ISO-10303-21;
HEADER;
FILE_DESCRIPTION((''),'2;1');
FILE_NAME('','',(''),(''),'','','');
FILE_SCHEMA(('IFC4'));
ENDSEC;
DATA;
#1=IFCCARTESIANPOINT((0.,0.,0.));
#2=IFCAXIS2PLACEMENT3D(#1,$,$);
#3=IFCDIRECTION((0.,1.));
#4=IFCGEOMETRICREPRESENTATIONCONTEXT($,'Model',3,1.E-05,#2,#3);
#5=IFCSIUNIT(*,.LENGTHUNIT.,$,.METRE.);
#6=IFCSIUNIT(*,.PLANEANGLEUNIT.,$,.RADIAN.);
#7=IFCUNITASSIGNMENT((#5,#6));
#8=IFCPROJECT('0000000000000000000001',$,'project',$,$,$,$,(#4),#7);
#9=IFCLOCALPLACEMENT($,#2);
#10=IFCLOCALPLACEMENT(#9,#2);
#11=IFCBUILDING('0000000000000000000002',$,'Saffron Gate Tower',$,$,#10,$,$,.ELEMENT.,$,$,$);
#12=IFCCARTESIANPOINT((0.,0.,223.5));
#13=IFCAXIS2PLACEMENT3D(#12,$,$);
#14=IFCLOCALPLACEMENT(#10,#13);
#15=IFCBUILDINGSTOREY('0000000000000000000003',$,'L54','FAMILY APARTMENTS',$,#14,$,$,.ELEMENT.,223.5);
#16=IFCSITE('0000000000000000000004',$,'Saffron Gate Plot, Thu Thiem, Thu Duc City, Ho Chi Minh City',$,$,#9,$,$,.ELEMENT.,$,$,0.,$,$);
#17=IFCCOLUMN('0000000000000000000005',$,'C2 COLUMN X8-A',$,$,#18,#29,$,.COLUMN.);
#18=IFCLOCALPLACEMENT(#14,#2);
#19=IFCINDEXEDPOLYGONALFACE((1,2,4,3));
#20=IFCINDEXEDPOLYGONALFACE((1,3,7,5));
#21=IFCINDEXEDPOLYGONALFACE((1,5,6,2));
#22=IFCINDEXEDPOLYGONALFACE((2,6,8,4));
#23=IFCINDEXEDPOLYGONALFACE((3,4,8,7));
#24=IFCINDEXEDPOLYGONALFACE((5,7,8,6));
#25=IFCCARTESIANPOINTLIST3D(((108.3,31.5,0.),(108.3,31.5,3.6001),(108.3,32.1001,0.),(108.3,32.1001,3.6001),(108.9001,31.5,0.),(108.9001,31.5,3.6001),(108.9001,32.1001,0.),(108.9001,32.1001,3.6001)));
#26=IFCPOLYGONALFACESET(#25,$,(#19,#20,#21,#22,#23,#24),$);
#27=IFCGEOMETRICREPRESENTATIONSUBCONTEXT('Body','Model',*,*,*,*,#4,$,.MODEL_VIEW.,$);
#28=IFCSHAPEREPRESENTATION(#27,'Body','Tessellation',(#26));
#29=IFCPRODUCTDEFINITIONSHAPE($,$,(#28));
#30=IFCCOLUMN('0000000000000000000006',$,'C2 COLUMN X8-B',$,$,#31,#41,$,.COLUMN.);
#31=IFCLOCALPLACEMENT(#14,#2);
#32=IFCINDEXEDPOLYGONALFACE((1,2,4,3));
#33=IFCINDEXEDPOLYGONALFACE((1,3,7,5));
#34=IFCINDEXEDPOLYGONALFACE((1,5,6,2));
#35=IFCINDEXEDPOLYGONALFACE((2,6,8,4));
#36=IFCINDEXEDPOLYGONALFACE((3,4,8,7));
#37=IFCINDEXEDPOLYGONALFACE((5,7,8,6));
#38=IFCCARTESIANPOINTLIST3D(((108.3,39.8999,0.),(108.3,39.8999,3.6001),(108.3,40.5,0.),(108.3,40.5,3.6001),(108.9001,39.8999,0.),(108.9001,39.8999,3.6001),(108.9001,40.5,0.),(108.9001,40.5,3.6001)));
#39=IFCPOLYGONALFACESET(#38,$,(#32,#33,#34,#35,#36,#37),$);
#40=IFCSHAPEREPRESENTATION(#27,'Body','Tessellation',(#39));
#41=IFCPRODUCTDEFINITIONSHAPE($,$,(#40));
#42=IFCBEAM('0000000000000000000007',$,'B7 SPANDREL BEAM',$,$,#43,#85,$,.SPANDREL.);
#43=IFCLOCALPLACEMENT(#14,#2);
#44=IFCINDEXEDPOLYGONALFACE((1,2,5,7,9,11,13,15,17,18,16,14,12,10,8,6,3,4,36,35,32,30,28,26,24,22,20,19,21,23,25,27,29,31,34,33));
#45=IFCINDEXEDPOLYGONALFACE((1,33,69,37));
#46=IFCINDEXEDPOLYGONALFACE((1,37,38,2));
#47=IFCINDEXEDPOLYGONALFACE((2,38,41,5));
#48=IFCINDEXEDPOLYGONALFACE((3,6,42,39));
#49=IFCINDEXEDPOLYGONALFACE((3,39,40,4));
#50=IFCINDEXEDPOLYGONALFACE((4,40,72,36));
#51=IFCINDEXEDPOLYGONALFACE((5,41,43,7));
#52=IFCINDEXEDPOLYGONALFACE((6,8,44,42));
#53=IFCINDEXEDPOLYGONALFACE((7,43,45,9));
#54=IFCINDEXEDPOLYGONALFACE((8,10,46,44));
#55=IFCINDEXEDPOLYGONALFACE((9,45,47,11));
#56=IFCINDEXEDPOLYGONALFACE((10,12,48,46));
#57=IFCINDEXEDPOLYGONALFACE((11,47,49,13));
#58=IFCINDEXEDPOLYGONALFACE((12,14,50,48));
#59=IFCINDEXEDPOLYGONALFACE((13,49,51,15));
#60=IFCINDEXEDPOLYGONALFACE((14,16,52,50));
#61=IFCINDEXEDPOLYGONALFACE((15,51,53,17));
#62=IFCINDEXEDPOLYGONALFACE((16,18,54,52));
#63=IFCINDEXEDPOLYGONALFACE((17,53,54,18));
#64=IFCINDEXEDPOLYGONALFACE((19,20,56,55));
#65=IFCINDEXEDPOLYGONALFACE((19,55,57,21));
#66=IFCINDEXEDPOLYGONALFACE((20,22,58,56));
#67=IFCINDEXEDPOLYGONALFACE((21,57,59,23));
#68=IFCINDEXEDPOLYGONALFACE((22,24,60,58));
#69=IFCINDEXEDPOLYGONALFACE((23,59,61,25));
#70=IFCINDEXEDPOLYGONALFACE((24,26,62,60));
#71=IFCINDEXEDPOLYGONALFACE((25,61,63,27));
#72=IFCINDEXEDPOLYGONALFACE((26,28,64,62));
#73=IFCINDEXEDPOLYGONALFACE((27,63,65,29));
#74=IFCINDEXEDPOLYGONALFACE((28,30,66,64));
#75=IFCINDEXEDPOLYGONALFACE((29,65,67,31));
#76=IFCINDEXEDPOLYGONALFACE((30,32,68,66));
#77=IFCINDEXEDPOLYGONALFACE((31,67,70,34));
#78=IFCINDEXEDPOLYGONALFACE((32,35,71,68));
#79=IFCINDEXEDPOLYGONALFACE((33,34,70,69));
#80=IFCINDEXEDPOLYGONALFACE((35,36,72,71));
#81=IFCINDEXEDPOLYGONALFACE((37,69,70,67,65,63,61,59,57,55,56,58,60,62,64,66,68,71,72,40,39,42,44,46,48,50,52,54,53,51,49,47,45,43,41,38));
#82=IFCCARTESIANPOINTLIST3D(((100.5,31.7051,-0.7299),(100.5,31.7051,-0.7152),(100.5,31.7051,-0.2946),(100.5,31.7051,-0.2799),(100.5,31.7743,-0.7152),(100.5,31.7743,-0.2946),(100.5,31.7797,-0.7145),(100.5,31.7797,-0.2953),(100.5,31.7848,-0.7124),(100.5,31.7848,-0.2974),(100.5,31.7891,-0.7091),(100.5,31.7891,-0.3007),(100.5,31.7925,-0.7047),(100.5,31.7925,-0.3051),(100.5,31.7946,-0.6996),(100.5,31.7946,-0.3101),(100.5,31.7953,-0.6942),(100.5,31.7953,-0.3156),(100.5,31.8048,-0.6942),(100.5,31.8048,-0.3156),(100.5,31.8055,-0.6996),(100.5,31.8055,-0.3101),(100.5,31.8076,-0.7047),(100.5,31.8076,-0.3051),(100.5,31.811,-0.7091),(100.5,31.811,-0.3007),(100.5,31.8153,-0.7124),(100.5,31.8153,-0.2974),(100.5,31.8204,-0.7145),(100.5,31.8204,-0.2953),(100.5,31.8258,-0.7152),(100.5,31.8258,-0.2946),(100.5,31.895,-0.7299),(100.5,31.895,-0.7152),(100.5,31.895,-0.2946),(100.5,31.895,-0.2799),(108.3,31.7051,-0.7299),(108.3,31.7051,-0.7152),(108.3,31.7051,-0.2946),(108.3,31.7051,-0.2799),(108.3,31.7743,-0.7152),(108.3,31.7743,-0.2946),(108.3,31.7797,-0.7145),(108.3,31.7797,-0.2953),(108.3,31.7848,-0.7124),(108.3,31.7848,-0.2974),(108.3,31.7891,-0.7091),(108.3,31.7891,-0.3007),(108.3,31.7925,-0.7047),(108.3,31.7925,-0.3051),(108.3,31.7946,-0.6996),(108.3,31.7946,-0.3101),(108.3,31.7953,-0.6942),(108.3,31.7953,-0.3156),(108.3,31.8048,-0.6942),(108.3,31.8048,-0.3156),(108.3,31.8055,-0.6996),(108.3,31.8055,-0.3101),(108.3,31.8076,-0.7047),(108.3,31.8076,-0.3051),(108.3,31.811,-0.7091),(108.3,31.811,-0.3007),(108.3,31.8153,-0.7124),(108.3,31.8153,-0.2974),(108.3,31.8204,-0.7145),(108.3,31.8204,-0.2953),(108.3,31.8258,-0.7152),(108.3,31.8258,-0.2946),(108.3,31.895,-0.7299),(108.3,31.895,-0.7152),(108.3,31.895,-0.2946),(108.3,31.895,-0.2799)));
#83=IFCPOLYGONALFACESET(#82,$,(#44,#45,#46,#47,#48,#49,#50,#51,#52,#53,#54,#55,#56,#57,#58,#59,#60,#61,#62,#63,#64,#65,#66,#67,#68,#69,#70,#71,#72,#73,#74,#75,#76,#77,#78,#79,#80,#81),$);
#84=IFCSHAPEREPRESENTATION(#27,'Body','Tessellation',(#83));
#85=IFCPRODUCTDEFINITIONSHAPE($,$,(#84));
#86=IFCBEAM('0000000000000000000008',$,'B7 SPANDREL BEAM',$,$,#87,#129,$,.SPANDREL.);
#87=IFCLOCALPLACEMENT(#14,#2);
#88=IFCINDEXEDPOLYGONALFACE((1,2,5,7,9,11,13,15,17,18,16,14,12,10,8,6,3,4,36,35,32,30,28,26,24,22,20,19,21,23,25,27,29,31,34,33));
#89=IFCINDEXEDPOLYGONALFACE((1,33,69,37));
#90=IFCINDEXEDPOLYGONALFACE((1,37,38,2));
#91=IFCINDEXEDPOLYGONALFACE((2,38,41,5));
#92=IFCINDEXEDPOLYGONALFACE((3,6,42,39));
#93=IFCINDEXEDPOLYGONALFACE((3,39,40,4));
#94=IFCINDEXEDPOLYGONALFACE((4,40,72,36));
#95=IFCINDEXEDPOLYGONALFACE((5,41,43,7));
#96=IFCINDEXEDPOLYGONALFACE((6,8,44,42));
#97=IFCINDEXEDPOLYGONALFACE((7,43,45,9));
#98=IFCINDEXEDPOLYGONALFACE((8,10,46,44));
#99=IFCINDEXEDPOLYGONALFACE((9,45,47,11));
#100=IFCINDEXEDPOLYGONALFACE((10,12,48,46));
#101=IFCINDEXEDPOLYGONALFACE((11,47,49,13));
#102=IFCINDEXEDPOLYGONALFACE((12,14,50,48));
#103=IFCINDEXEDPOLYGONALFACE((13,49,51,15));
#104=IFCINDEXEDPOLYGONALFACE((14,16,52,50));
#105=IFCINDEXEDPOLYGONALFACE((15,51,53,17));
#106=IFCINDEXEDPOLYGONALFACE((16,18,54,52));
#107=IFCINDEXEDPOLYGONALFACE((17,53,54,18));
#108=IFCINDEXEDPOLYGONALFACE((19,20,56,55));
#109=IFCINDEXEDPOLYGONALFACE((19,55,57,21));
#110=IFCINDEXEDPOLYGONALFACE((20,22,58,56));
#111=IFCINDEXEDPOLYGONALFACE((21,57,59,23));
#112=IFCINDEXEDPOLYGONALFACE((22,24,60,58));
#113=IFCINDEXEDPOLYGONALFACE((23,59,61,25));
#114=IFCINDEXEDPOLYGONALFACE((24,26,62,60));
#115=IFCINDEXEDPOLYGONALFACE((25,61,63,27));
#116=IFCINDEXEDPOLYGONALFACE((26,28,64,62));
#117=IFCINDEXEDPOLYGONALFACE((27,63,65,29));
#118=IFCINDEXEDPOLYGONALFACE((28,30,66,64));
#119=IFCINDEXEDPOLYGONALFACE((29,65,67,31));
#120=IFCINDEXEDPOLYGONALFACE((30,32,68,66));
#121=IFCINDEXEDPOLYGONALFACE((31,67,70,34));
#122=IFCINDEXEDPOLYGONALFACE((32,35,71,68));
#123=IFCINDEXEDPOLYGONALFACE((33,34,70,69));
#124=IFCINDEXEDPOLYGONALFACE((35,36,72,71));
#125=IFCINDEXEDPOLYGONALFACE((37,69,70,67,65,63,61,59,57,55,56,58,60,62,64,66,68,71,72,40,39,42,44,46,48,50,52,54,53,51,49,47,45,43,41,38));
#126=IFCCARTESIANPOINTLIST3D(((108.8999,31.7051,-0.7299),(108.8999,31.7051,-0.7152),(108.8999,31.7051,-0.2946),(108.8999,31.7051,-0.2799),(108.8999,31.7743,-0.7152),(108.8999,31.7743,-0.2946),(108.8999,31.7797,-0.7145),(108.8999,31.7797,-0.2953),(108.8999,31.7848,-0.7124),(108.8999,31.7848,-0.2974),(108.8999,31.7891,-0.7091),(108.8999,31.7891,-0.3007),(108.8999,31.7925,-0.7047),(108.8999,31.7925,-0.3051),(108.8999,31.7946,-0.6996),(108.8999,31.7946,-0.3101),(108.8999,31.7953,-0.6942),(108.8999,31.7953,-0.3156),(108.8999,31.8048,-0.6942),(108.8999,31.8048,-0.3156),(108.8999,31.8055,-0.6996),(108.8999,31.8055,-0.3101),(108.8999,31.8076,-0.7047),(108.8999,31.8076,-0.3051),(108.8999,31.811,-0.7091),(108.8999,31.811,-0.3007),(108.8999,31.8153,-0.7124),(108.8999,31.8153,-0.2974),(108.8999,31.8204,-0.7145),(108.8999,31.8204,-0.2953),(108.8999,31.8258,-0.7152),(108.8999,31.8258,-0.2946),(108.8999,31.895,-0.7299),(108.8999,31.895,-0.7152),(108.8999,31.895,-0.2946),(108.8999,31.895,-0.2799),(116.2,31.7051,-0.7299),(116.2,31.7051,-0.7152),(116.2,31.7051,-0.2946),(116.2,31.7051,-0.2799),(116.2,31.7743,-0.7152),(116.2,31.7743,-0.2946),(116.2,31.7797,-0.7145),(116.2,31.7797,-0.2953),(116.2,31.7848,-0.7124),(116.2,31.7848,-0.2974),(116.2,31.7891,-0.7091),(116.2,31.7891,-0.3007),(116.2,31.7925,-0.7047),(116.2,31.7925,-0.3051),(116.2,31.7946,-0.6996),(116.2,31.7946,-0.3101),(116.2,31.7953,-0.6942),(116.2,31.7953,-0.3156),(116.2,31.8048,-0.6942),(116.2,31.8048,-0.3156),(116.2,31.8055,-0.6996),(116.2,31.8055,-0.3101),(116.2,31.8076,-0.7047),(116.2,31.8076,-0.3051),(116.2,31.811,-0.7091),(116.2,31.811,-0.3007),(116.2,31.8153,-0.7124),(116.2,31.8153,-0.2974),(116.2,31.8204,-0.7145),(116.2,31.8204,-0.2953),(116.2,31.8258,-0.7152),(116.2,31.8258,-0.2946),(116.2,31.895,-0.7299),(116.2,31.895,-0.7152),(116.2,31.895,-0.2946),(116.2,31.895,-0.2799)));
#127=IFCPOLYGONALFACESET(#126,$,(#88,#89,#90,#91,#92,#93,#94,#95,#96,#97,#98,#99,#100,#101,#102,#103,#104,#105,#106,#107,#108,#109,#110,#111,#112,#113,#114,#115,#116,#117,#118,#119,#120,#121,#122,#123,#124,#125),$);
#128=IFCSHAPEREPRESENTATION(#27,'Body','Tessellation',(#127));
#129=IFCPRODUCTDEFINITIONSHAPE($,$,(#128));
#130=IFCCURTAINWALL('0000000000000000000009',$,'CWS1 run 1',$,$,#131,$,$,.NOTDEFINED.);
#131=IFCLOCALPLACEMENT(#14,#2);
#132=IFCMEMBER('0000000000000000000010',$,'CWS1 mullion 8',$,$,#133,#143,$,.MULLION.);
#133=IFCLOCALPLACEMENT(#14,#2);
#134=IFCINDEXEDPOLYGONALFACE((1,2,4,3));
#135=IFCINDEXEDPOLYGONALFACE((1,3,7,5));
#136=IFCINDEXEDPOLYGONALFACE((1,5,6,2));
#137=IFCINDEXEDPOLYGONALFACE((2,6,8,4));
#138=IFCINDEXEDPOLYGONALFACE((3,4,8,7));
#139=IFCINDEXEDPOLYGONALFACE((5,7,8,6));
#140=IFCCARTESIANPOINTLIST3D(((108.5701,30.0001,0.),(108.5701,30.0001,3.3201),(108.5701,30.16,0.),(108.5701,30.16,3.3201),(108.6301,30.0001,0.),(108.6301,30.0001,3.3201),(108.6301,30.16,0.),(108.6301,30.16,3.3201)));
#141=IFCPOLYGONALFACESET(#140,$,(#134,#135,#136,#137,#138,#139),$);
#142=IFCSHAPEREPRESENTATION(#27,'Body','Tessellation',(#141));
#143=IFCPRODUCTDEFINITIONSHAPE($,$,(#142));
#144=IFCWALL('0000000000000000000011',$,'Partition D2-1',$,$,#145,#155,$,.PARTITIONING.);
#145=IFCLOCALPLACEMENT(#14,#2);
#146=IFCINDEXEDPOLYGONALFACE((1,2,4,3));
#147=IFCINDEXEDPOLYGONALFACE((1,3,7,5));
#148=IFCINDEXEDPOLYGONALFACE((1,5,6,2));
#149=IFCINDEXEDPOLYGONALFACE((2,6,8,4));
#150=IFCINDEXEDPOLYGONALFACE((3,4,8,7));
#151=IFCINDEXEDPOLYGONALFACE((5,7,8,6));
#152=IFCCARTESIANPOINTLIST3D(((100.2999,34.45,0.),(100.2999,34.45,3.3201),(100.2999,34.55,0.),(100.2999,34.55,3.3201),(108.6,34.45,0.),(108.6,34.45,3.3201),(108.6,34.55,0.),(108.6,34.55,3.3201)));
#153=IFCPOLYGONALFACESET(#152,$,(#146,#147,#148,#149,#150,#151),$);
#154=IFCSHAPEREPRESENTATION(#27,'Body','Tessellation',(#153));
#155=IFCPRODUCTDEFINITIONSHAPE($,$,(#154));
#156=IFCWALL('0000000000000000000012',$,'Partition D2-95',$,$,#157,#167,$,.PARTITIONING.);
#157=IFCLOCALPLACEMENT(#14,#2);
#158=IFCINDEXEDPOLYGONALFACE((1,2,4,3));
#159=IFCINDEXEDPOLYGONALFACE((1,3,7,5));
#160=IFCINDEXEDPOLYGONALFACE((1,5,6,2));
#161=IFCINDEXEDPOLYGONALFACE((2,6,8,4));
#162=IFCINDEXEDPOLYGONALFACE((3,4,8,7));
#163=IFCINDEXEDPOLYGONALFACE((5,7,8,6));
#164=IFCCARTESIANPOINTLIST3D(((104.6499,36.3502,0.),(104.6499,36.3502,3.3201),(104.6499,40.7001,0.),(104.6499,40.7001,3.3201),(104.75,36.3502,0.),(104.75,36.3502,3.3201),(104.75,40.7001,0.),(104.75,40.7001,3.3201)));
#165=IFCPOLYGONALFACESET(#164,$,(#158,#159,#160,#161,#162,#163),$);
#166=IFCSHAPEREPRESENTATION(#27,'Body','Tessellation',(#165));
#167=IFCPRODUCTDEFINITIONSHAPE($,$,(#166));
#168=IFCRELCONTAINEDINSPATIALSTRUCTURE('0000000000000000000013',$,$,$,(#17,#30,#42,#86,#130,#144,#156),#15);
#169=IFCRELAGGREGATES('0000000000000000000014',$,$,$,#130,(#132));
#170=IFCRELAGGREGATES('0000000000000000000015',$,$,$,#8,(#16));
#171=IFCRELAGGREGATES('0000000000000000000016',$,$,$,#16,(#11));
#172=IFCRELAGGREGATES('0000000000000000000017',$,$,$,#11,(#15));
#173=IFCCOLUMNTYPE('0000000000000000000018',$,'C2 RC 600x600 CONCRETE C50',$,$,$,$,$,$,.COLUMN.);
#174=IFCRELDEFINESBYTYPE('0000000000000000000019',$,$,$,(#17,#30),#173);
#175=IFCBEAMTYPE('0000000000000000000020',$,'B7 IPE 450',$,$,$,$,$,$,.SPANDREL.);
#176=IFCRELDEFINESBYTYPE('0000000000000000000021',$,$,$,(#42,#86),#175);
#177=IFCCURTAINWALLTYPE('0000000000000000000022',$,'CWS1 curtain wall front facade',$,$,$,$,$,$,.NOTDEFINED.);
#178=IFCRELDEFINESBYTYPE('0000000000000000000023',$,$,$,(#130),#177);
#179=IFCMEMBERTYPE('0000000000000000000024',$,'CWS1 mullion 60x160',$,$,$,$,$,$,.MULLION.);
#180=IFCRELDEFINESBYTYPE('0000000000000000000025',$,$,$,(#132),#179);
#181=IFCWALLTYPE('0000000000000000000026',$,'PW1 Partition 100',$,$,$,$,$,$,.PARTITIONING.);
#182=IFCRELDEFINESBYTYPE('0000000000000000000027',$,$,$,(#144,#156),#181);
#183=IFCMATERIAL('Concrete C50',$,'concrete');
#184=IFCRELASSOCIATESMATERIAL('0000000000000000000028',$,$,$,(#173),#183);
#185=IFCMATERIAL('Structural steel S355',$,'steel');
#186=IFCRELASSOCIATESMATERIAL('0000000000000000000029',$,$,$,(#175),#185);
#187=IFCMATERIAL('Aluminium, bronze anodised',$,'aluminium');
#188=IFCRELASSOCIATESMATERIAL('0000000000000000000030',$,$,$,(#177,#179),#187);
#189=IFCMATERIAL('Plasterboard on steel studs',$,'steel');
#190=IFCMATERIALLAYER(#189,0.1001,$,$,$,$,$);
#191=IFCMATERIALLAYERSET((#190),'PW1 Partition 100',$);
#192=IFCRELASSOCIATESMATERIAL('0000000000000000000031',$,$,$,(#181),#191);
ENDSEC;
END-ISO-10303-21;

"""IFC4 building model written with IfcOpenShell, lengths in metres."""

from ifc_helpers import new_model, si_unit, direction, frame, frame_2d, origin, origin_2d, place, context, subcontext, project, spatial, rectangle, i_section, extrude, material, layer, layer_set, material_profile, profile_set, type_object, element, aggregate, save


model = new_model("IFC4")

# Units and contexts
model_context = context("Model", 3, precision=1e-05, world=origin(), true_north=direction((0.0, 1.0)))
body_context = subcontext(model_context, "Body", "Model", "MODEL_VIEW")
ifc_project = project(units=[si_unit("LENGTHUNIT", "METRE"), si_unit("PLANEANGLEUNIT", "RADIAN")], contexts=[model_context])

# Site, building, storey
site_placement = place(None, origin())
site = spatial("IfcSite", under=ifc_project, at=site_placement, Name="Saffron Gate Plot, Thu Thiem, Thu Duc City, Ho Chi Minh City", CompositionType="ELEMENT", RefElevation=0.0)
building_placement = place(site_placement, origin())
building = spatial("IfcBuilding", under=site, at=building_placement, Name="Saffron Gate Tower", CompositionType="ELEMENT")
storey_placement = place(building_placement, frame((0.0, 0.0, 223.5)))
storey = spatial("IfcBuildingStorey", under=building, at=storey_placement, Name="L54", Description="FAMILY APARTMENTS", CompositionType="ELEMENT", Elevation=223.5)

# Columns
ifc_material_1 = material(Name="Concrete C50", Category="concrete")
ifc_material_profile_1 = material_profile(ifc_material_1, rectangle(XDim=0.6001, YDim=0.6001, at=origin_2d()))
ifc_profile_set_1 = profile_set([ifc_material_profile_1], Name="Concrete C50")
column_type = type_object("IfcColumnType", Name="C2 RC 600x600 CONCRETE C50", PredefinedType="COLUMN", material=ifc_profile_set_1)
for number, where, z_axis, x_axis, name in (
    (1, (108.6001, 31.8, 0.0), (0.0, 0.0, 1.0), (1.0, 0.0, 0.0), "C2 COLUMN X8-A"),
    (2, (108.6001, 40.2, 0.0), (0.0, 0.0, 1.0), (1.0, 0.0, 0.0), "C2 COLUMN X8-B"),
):
    element("IfcColumn", number, at=place(storey_placement, frame(where, z_axis=z_axis, x_axis=x_axis)), inside=storey, type_object=column_type, Name=name, PredefinedType="COLUMN", context=body_context, shape_type="SweptSolid", body=[
        extrude(rectangle(XDim=0.6001, YDim=0.6001, at=origin_2d()), origin(), (0.0, 0.0, 1.0), 3.6001),
    ])

# Beams
ifc_material_2 = material(Name="Structural steel S355", Category="steel")
ifc_material_profile_2 = material_profile(ifc_material_2, i_section(OverallWidth=0.1899, OverallDepth=0.45, WebThickness=0.0095, FlangeThickness=0.0146, FilletRadius=0.021, at=origin_2d()))
ifc_profile_set_2 = profile_set([ifc_material_profile_2], Name="Structural steel S355")
beam_type = type_object("IfcBeamType", Name="B7 IPE 450", PredefinedType="SPANDREL", material=ifc_profile_set_2)
beam_1_placement = place(storey_placement, frame((100.5, 31.8, -0.5049), z_axis=(1.0, 0.0, 0.0), x_axis=(0.0, 1.0, 0.0)))
element("IfcBeam", 3, at=beam_1_placement, inside=storey, type_object=beam_type, Name="B7 SPANDREL BEAM", PredefinedType="SPANDREL", context=body_context, shape_type="SweptSolid", body=[
    extrude(i_section(OverallWidth=0.1899, OverallDepth=0.45, WebThickness=0.0095, FlangeThickness=0.0146, FilletRadius=0.021, at=origin_2d()), origin(), (0.0, 0.0, 1.0), 7.8),
])
beam_2_placement = place(storey_placement, frame((108.8999, 31.8, -0.5049), z_axis=(1.0, 0.0, 0.0), x_axis=(0.0, 1.0, 0.0)))
element("IfcBeam", 4, at=beam_2_placement, inside=storey, type_object=beam_type, Name="B7 SPANDREL BEAM", PredefinedType="SPANDREL", context=body_context, shape_type="SweptSolid", body=[
    extrude(i_section(OverallWidth=0.1899, OverallDepth=0.45, WebThickness=0.0095, FlangeThickness=0.0146, FilletRadius=0.021, at=origin_2d()), origin(), (0.0, 0.0, 1.0), 7.3),
])

# Curtain wall, member
ifc_material_3 = material(Name="Aluminium, bronze anodised", Category="aluminium")
curtain_wall_type = type_object("IfcCurtainWallType", Name="CWS1 curtain wall front facade", PredefinedType="NOTDEFINED", material=ifc_material_3)
curtain_wall_placement = place(storey_placement, origin())
curtain_wall = element("IfcCurtainWall", 5, at=curtain_wall_placement, inside=storey, type_object=curtain_wall_type, Name="CWS1 run 1", PredefinedType="NOTDEFINED")
ifc_material_profile_3 = material_profile(ifc_material_3, rectangle(XDim=0.1599, YDim=0.0601, at=origin_2d()))
ifc_profile_set_3 = profile_set([ifc_material_profile_3], Name="Aluminium, bronze anodised")
member_type = type_object("IfcMemberType", Name="CWS1 mullion 60x160", PredefinedType="MULLION", material=ifc_profile_set_3)
member_placement = place(storey_placement, frame((108.6001, 30.0801, 0.0), z_axis=(0.0, 0.0, 1.0), x_axis=(0.0, 1.0, 0.0)))
member = element("IfcMember", 6, at=member_placement, type_object=member_type, Name="CWS1 mullion 8", PredefinedType="MULLION", context=body_context, shape_type="SweptSolid", body=[
    extrude(rectangle(XDim=0.1599, YDim=0.0601, at=origin_2d()), origin(), (0.0, 0.0, 1.0), 3.3201),
])
aggregate(curtain_wall, [member])

# Walls
ifc_material_4 = material(Name="Plasterboard on steel studs", Category="steel")
ifc_layer_1 = layer(ifc_material_4, 0.1001)
ifc_layer_set_1 = layer_set([ifc_layer_1], Name="PW1 Partition 100")
wall_type_1 = type_object("IfcWallType", Name="PW1 Partition 100", PredefinedType="PARTITIONING", material=ifc_layer_set_1)
wall_1_placement = place(storey_placement, frame((100.3, 34.5, 0.0), z_axis=(0.0, 0.0, 1.0), x_axis=(1.0, 0.0, 0.0)))
element("IfcWall", 7, at=wall_1_placement, inside=storey, type_object=wall_type_1, Name="Partition D2-1", PredefinedType="PARTITIONING", context=body_context, shape_type="SweptSolid", body=[
    extrude(rectangle(XDim=8.3, YDim=0.1001, at=frame_2d((4.1499, 0.0))), origin(), (0.0, 0.0, 1.0), 3.3201),
])
wall_2_placement = place(storey_placement, frame((104.7, 40.7, 0.0), z_axis=(0.0, 0.0, 1.0), x_axis=(0.0, -1.0, 0.0)))
element("IfcWall", 8, at=wall_2_placement, inside=storey, type_object=wall_type_1, Name="Partition D2-95", PredefinedType="PARTITIONING", context=body_context, shape_type="SweptSolid", body=[
    extrude(rectangle(XDim=4.3499, YDim=0.1001, at=frame_2d((2.1748, 0.0))), origin(), (0.0, 0.0, 1.0), 3.3201),
])

save(model, "model.ifc")
